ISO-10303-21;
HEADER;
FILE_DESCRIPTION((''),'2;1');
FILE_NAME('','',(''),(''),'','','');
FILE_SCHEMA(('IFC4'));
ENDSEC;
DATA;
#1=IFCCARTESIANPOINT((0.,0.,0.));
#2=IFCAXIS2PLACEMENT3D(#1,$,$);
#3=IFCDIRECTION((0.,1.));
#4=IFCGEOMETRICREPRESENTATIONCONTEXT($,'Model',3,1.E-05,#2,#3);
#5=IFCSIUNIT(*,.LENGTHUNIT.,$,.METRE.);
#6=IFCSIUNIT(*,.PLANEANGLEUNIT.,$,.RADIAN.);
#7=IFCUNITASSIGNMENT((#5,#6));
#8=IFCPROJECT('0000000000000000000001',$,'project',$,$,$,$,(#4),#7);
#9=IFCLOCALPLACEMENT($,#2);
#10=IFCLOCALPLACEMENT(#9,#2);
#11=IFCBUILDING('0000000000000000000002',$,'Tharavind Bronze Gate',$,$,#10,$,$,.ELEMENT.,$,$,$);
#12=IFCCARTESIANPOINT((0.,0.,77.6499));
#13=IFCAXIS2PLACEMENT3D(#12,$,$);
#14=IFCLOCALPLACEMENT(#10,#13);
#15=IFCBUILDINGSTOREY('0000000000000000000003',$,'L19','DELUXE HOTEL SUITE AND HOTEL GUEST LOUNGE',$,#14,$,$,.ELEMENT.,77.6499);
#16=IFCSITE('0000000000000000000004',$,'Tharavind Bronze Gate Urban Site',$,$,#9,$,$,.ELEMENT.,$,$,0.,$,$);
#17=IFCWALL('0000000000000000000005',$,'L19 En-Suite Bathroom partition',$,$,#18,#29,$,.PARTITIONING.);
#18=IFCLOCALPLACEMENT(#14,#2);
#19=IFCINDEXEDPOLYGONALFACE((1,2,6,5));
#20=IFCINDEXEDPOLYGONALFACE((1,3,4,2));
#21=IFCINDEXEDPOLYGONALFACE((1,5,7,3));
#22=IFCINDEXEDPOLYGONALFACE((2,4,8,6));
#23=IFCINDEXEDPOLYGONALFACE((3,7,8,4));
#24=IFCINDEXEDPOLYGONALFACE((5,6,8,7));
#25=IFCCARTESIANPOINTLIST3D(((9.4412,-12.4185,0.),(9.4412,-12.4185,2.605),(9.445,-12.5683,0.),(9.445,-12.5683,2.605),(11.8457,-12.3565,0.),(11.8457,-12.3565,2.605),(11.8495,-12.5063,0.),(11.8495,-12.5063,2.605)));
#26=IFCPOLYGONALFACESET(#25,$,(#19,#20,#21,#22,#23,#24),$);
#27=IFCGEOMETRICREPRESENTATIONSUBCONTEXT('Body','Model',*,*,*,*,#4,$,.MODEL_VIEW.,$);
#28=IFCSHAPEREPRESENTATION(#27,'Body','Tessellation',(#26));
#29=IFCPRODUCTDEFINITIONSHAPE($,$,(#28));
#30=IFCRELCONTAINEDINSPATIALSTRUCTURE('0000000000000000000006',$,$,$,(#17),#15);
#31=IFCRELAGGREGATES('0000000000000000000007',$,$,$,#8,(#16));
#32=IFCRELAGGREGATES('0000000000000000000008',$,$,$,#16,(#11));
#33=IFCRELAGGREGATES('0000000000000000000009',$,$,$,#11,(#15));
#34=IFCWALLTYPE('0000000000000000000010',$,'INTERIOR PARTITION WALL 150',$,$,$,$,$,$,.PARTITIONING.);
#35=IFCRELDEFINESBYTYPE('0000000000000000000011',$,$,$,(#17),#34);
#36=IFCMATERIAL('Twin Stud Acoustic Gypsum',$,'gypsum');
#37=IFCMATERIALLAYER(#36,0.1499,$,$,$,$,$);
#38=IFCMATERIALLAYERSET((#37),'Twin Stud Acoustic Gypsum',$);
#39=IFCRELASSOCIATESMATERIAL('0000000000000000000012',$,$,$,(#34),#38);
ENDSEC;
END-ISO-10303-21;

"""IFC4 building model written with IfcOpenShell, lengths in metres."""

from ifc_helpers import new_model, si_unit, direction, frame, frame_2d, origin, place, context, subcontext, project, spatial, rectangle, extrude, material, layer, layer_set, type_object, element, save


model = new_model("IFC4")

# Units and contexts
model_context = context("Model", 3, precision=1e-05, world=origin(), true_north=direction((0.0, 1.0)))
body_context = subcontext(model_context, "Body", "Model", "MODEL_VIEW")
ifc_project = project(units=[si_unit("LENGTHUNIT", "METRE"), si_unit("PLANEANGLEUNIT", "RADIAN")], contexts=[model_context])

# Site, building, storey
site_placement = place(None, origin())
site = spatial("IfcSite", under=ifc_project, at=site_placement, Name="Tharavind Bronze Gate Urban Site", CompositionType="ELEMENT", RefElevation=0.0)
building_placement = place(site_placement, origin())
building = spatial("IfcBuilding", under=site, at=building_placement, Name="Tharavind Bronze Gate", CompositionType="ELEMENT")
storey_placement = place(building_placement, frame((0.0, 0.0, 77.6499)))
storey = spatial("IfcBuildingStorey", under=building, at=storey_placement, Name="L19", Description="DELUXE HOTEL SUITE AND HOTEL GUEST LOUNGE", CompositionType="ELEMENT", Elevation=77.6499)

# Wall
ifc_material_1 = material(Name="Twin Stud Acoustic Gypsum", Category="gypsum")
ifc_layer_1 = layer(ifc_material_1, 0.1499)
ifc_layer_set_1 = layer_set([ifc_layer_1], Name="Twin Stud Acoustic Gypsum")
wall_type_1 = type_object("IfcWallType", Name="INTERIOR PARTITION WALL 150", PredefinedType="PARTITIONING", material=ifc_layer_set_1)
wall_1_placement = place(storey_placement, frame((9.4431, -12.4934, 0.0), z_axis=(0.0, 0.0, 1.0), x_axis=(0.999668, 0.025781, 0.0)))
element("IfcWall", 1, at=wall_1_placement, inside=storey, type_object=wall_type_1, Name="L19 En-Suite Bathroom partition", PredefinedType="PARTITIONING", context=body_context, shape_type="SweptSolid", body=[
    extrude(rectangle(XDim=2.4053, YDim=0.1499, at=frame_2d((1.2026, 0.0))), origin(), (0.0, 0.0, 1.0), 2.605),
])

save(model, "model.ifc")
